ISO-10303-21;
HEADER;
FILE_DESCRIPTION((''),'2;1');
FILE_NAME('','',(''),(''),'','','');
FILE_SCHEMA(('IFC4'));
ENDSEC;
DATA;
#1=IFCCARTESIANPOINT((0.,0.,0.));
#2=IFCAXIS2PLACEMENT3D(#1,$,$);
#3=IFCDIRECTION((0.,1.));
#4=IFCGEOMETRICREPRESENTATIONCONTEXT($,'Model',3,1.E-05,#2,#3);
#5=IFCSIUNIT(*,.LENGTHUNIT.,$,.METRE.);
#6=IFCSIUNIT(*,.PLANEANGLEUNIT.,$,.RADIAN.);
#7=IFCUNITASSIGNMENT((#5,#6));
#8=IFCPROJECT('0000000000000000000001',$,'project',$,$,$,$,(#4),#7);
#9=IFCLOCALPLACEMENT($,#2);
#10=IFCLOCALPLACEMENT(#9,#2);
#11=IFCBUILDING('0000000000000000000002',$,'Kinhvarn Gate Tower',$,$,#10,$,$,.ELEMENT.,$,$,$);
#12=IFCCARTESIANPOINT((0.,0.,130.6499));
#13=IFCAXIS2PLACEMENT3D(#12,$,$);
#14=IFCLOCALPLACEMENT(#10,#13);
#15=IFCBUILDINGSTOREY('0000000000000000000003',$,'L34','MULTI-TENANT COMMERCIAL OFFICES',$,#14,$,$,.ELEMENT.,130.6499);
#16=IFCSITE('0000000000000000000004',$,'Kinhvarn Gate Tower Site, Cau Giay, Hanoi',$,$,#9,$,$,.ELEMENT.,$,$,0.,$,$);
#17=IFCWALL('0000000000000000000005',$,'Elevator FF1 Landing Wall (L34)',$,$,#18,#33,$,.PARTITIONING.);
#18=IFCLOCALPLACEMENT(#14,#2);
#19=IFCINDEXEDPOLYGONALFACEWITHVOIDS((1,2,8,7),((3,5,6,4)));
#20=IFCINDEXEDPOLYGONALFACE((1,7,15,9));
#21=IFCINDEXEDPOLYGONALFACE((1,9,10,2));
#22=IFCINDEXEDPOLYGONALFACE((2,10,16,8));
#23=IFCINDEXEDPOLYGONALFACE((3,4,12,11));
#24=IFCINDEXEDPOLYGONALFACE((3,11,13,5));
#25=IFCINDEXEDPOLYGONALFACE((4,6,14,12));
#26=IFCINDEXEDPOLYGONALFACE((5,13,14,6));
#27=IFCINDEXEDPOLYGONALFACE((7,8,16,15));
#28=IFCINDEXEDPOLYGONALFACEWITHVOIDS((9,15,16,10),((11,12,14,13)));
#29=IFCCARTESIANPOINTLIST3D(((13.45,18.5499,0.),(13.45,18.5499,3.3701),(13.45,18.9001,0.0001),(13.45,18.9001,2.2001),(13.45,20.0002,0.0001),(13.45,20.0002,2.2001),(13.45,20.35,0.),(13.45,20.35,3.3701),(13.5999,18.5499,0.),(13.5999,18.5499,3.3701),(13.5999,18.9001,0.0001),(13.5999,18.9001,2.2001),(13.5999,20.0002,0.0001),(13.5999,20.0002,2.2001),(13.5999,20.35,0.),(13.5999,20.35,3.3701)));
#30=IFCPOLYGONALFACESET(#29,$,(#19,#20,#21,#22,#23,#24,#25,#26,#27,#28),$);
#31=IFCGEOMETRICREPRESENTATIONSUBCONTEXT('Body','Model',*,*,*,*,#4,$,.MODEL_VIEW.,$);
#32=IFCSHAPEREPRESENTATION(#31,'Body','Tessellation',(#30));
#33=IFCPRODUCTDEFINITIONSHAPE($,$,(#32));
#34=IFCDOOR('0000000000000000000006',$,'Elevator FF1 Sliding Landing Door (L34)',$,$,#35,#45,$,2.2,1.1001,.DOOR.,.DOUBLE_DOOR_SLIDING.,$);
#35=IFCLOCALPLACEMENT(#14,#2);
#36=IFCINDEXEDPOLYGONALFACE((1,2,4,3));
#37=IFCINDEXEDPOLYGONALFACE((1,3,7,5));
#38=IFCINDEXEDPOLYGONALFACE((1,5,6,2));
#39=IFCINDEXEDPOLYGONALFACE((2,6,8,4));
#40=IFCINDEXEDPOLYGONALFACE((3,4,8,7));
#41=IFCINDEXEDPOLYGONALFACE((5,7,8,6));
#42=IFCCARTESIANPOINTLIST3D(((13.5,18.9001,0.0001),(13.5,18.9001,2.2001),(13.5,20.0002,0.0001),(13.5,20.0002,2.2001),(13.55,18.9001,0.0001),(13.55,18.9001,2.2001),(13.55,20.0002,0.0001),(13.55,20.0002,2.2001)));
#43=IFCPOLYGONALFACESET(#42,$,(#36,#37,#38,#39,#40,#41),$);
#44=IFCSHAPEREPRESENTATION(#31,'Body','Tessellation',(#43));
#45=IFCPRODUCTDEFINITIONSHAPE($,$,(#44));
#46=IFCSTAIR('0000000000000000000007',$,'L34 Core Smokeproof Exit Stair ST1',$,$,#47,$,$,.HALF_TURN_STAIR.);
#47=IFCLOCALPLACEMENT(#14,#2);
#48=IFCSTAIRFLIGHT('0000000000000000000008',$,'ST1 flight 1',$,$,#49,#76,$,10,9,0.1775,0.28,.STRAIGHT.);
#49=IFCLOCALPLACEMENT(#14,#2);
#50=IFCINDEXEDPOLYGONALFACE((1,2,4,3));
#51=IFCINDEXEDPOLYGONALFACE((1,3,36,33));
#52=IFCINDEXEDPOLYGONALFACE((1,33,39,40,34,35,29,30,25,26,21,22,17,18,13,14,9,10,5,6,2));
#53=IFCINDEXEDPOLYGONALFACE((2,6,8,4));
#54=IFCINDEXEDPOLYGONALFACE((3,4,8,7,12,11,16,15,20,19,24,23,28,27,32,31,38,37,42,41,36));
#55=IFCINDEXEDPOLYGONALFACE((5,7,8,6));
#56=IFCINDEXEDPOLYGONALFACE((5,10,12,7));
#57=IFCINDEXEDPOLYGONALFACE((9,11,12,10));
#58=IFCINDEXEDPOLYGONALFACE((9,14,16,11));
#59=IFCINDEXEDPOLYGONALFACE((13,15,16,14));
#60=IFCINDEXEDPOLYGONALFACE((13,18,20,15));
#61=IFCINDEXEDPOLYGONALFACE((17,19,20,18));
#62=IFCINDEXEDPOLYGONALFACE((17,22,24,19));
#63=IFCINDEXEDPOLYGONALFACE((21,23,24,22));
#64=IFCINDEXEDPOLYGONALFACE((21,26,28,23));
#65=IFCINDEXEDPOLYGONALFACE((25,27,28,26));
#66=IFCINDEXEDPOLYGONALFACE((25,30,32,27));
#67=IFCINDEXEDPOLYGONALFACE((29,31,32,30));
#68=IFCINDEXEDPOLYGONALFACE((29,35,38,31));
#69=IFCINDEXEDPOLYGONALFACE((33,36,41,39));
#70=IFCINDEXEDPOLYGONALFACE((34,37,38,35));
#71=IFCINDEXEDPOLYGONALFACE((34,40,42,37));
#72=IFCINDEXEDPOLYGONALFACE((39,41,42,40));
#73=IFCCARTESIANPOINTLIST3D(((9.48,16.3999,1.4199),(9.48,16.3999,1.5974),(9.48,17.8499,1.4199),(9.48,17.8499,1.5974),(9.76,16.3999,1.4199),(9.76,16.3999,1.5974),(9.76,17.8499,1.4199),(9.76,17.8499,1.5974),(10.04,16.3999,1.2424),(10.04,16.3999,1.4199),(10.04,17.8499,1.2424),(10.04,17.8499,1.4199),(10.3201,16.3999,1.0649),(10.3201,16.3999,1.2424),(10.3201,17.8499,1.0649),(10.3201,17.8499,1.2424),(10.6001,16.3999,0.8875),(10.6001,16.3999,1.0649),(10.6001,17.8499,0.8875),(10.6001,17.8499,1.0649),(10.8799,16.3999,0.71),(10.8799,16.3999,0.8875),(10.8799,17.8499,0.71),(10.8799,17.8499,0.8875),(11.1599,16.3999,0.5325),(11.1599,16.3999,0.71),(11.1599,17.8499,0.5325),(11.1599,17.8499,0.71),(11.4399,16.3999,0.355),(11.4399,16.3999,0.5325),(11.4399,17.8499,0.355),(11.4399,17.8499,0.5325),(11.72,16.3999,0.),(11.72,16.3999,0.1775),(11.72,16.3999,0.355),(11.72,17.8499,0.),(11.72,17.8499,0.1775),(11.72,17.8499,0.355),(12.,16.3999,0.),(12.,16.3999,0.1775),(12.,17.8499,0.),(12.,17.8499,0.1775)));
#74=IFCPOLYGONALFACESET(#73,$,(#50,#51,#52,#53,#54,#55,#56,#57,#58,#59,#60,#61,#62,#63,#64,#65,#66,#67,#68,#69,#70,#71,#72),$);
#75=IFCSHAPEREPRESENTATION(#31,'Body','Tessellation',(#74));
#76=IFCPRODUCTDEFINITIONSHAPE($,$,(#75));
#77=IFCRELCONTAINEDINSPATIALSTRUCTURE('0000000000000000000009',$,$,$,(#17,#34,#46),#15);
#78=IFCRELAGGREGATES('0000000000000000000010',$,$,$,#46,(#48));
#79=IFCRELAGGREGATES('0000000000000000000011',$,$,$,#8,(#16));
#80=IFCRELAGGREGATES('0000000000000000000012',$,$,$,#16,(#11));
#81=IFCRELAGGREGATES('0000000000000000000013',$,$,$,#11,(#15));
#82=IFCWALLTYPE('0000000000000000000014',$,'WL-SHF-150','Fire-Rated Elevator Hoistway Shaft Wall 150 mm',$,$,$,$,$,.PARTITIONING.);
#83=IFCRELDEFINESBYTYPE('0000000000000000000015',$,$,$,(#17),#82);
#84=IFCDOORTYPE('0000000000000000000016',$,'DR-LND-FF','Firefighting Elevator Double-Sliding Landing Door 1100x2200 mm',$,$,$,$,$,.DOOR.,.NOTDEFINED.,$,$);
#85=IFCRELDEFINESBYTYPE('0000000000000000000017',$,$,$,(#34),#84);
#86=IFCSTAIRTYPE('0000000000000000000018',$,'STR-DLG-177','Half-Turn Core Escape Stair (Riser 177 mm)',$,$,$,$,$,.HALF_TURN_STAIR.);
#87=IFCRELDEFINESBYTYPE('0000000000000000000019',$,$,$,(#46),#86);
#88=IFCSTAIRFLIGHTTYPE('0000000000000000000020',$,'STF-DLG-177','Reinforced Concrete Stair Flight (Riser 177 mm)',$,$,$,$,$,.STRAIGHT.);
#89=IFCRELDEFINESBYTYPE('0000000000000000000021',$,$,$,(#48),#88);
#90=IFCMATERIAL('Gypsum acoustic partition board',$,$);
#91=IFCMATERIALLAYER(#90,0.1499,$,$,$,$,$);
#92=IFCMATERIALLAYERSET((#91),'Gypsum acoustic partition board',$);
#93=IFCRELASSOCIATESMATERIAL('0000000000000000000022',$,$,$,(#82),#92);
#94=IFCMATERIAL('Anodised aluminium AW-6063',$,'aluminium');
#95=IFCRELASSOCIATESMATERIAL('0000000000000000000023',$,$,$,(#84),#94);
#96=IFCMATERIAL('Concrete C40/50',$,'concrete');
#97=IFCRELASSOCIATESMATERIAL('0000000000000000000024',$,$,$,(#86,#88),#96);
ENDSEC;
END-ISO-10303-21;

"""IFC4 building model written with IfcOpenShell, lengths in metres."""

from ifc_helpers import new_model, si_unit, direction, frame, frame_2d, origin, place, context, subcontext, project, spatial, polyline, rectangle, outline, extrude, material, layer, layer_set, type_object, element, fill, aggregate, save


model = new_model("IFC4")

# Units and contexts
model_context = context("Model", 3, precision=1e-05, world=origin(), true_north=direction((0.0, 1.0)))
body_context = subcontext(model_context, "Body", "Model", "MODEL_VIEW")
ifc_project = project(units=[si_unit("LENGTHUNIT", "METRE"), si_unit("PLANEANGLEUNIT", "RADIAN")], contexts=[model_context])

# Site, building, storey
site_placement = place(None, origin())
site = spatial("IfcSite", under=ifc_project, at=site_placement, Name="Kinhvarn Gate Tower Site, Cau Giay, Hanoi", CompositionType="ELEMENT", RefElevation=0.0)
building_placement = place(site_placement, origin())
building = spatial("IfcBuilding", under=site, at=building_placement, Name="Kinhvarn Gate Tower", CompositionType="ELEMENT")
storey_placement = place(building_placement, frame((0.0, 0.0, 130.6499)))
storey = spatial("IfcBuildingStorey", under=building, at=storey_placement, Name="L34", Description="MULTI-TENANT COMMERCIAL OFFICES", CompositionType="ELEMENT", Elevation=130.6499)

# Shared definitions
ifc_material_1 = material(Name="Anodised aluminium AW-6063", Category="aluminium")

# Shared definitions
ifc_material_2 = material(Name="Gypsum acoustic partition board")

# Wall, opening, door
ifc_layer_1 = layer(ifc_material_2, 0.1499)
ifc_layer_set_1 = layer_set([ifc_layer_1], Name="Gypsum acoustic partition board")
wall_type_1 = type_object("IfcWallType", Name="WL-SHF-150", Description="Fire-Rated Elevator Hoistway Shaft Wall 150 mm", PredefinedType="PARTITIONING", material=ifc_layer_set_1)
wall_1_placement = place(storey_placement, frame((13.5249, 18.55, 0.0), z_axis=(0.0, 0.0, 1.0), x_axis=(0.0, 1.0, 0.0)))
wall_1 = element("IfcWall", 1, at=wall_1_placement, inside=storey, type_object=wall_type_1, Name="Elevator FF1 Landing Wall (L34)", PredefinedType="PARTITIONING", context=body_context, shape_type="SweptSolid", body=[
    extrude(rectangle(XDim=1.8, YDim=0.1499, at=frame_2d((0.8999, 0.0))), origin(), (0.0, 0.0, 1.0), 3.3701),
])
opening_1_placement = place(wall_1_placement, frame((0.3501, 0.0, 0.0)))
opening_1 = element("IfcOpeningElement", 2, at=opening_1_placement, cuts=wall_1, PredefinedType="OPENING", context=body_context, shape_type="SweptSolid", body=[
    extrude(rectangle(XDim=1.1001, YDim=2.2, at=frame_2d((0.55, 1.1001))), frame((0.0, 0.085, 0.0), z_axis=(0.0, -1.0, 0.0), x_axis=(1.0, 0.0, 0.0)), (0.0, 0.0, 1.0), 0.1699),
])
door_type_1 = type_object("IfcDoorType", Name="DR-LND-FF", Description="Firefighting Elevator Double-Sliding Landing Door 1100x2200 mm", OperationType="NOTDEFINED", PredefinedType="DOOR", material=ifc_material_1)
door_1_placement = place(opening_1_placement, origin())
door_1 = element("IfcDoor", 3, at=door_1_placement, inside=storey, type_object=door_type_1, Name="Elevator FF1 Sliding Landing Door (L34)", OperationType="DOUBLE_DOOR_SLIDING", OverallHeight=2.2, OverallWidth=1.1001, PredefinedType="DOOR", context=body_context, shape_type="SweptSolid", body=[
    extrude(rectangle(XDim=1.1001, YDim=2.2, at=frame_2d((0.55, 1.1001))), frame((0.0, 0.0249, 0.0), z_axis=(0.0, -1.0, 0.0), x_axis=(1.0, 0.0, 0.0)), (0.0, 0.0, 1.0), 0.05),
])
fill(opening_1, door_1)
ifc_material_3 = material(Name="Concrete C40/50", Category="concrete")

# Stair, stair flight
stair_type = type_object("IfcStairType", Name="STR-DLG-177", Description="Half-Turn Core Escape Stair (Riser 177 mm)", PredefinedType="HALF_TURN_STAIR", material=ifc_material_3)
stair_placement = place(storey_placement, origin())
stair = element("IfcStair", 4, at=stair_placement, inside=storey, type_object=stair_type, Name="L34 Core Smokeproof Exit Stair ST1", PredefinedType="HALF_TURN_STAIR")
stair_flight_type = type_object("IfcStairFlightType", Name="STF-DLG-177", Description="Reinforced Concrete Stair Flight (Riser 177 mm)", PredefinedType="STRAIGHT", material=ifc_material_3)
stair_flight_placement = place(storey_placement, frame((12.0, 17.125, 0.0), z_axis=(0.0, 0.0, 1.0), x_axis=(-1.0, 0.0, 0.0)))
stair_flight = element("IfcStairFlight", 5, at=stair_flight_placement, type_object=stair_flight_type, Name="ST1 flight 1", NumberOfRisers=10, NumberOfTreads=9, PredefinedType="STRAIGHT", RiserHeight=0.1775, TreadLength=0.28, context=body_context, shape_type="SweptSolid", body=[
    extrude(outline(polyline([(0.0, 0.0), (0.0, 0.1775), (0.28, 0.1775), (0.28, 0.355), (0.5601, 0.355), (0.5601, 0.5325), (0.8401, 0.5325), (0.8401, 0.71), (1.1201, 0.71), (1.1201, 0.8875), (1.3999, 0.8875), (1.3999, 1.0649), (1.6799, 1.0649), (1.6799, 1.2424), (1.96, 1.2424), (1.96, 1.4199), (2.24, 1.4199), (2.24, 1.5974), (2.52, 1.5974), (2.52, 1.7749), (2.52, 1.4199), (0.28, 0.0), (0.0, 0.0)])), frame((0.0, 0.7251, 0.0), z_axis=(0.0, -1.0, 0.0), x_axis=(1.0, 0.0, 0.0)), (0.0, 0.0, 1.0), 1.45),
])
aggregate(stair, [stair_flight])

save(model, "model.ifc")
